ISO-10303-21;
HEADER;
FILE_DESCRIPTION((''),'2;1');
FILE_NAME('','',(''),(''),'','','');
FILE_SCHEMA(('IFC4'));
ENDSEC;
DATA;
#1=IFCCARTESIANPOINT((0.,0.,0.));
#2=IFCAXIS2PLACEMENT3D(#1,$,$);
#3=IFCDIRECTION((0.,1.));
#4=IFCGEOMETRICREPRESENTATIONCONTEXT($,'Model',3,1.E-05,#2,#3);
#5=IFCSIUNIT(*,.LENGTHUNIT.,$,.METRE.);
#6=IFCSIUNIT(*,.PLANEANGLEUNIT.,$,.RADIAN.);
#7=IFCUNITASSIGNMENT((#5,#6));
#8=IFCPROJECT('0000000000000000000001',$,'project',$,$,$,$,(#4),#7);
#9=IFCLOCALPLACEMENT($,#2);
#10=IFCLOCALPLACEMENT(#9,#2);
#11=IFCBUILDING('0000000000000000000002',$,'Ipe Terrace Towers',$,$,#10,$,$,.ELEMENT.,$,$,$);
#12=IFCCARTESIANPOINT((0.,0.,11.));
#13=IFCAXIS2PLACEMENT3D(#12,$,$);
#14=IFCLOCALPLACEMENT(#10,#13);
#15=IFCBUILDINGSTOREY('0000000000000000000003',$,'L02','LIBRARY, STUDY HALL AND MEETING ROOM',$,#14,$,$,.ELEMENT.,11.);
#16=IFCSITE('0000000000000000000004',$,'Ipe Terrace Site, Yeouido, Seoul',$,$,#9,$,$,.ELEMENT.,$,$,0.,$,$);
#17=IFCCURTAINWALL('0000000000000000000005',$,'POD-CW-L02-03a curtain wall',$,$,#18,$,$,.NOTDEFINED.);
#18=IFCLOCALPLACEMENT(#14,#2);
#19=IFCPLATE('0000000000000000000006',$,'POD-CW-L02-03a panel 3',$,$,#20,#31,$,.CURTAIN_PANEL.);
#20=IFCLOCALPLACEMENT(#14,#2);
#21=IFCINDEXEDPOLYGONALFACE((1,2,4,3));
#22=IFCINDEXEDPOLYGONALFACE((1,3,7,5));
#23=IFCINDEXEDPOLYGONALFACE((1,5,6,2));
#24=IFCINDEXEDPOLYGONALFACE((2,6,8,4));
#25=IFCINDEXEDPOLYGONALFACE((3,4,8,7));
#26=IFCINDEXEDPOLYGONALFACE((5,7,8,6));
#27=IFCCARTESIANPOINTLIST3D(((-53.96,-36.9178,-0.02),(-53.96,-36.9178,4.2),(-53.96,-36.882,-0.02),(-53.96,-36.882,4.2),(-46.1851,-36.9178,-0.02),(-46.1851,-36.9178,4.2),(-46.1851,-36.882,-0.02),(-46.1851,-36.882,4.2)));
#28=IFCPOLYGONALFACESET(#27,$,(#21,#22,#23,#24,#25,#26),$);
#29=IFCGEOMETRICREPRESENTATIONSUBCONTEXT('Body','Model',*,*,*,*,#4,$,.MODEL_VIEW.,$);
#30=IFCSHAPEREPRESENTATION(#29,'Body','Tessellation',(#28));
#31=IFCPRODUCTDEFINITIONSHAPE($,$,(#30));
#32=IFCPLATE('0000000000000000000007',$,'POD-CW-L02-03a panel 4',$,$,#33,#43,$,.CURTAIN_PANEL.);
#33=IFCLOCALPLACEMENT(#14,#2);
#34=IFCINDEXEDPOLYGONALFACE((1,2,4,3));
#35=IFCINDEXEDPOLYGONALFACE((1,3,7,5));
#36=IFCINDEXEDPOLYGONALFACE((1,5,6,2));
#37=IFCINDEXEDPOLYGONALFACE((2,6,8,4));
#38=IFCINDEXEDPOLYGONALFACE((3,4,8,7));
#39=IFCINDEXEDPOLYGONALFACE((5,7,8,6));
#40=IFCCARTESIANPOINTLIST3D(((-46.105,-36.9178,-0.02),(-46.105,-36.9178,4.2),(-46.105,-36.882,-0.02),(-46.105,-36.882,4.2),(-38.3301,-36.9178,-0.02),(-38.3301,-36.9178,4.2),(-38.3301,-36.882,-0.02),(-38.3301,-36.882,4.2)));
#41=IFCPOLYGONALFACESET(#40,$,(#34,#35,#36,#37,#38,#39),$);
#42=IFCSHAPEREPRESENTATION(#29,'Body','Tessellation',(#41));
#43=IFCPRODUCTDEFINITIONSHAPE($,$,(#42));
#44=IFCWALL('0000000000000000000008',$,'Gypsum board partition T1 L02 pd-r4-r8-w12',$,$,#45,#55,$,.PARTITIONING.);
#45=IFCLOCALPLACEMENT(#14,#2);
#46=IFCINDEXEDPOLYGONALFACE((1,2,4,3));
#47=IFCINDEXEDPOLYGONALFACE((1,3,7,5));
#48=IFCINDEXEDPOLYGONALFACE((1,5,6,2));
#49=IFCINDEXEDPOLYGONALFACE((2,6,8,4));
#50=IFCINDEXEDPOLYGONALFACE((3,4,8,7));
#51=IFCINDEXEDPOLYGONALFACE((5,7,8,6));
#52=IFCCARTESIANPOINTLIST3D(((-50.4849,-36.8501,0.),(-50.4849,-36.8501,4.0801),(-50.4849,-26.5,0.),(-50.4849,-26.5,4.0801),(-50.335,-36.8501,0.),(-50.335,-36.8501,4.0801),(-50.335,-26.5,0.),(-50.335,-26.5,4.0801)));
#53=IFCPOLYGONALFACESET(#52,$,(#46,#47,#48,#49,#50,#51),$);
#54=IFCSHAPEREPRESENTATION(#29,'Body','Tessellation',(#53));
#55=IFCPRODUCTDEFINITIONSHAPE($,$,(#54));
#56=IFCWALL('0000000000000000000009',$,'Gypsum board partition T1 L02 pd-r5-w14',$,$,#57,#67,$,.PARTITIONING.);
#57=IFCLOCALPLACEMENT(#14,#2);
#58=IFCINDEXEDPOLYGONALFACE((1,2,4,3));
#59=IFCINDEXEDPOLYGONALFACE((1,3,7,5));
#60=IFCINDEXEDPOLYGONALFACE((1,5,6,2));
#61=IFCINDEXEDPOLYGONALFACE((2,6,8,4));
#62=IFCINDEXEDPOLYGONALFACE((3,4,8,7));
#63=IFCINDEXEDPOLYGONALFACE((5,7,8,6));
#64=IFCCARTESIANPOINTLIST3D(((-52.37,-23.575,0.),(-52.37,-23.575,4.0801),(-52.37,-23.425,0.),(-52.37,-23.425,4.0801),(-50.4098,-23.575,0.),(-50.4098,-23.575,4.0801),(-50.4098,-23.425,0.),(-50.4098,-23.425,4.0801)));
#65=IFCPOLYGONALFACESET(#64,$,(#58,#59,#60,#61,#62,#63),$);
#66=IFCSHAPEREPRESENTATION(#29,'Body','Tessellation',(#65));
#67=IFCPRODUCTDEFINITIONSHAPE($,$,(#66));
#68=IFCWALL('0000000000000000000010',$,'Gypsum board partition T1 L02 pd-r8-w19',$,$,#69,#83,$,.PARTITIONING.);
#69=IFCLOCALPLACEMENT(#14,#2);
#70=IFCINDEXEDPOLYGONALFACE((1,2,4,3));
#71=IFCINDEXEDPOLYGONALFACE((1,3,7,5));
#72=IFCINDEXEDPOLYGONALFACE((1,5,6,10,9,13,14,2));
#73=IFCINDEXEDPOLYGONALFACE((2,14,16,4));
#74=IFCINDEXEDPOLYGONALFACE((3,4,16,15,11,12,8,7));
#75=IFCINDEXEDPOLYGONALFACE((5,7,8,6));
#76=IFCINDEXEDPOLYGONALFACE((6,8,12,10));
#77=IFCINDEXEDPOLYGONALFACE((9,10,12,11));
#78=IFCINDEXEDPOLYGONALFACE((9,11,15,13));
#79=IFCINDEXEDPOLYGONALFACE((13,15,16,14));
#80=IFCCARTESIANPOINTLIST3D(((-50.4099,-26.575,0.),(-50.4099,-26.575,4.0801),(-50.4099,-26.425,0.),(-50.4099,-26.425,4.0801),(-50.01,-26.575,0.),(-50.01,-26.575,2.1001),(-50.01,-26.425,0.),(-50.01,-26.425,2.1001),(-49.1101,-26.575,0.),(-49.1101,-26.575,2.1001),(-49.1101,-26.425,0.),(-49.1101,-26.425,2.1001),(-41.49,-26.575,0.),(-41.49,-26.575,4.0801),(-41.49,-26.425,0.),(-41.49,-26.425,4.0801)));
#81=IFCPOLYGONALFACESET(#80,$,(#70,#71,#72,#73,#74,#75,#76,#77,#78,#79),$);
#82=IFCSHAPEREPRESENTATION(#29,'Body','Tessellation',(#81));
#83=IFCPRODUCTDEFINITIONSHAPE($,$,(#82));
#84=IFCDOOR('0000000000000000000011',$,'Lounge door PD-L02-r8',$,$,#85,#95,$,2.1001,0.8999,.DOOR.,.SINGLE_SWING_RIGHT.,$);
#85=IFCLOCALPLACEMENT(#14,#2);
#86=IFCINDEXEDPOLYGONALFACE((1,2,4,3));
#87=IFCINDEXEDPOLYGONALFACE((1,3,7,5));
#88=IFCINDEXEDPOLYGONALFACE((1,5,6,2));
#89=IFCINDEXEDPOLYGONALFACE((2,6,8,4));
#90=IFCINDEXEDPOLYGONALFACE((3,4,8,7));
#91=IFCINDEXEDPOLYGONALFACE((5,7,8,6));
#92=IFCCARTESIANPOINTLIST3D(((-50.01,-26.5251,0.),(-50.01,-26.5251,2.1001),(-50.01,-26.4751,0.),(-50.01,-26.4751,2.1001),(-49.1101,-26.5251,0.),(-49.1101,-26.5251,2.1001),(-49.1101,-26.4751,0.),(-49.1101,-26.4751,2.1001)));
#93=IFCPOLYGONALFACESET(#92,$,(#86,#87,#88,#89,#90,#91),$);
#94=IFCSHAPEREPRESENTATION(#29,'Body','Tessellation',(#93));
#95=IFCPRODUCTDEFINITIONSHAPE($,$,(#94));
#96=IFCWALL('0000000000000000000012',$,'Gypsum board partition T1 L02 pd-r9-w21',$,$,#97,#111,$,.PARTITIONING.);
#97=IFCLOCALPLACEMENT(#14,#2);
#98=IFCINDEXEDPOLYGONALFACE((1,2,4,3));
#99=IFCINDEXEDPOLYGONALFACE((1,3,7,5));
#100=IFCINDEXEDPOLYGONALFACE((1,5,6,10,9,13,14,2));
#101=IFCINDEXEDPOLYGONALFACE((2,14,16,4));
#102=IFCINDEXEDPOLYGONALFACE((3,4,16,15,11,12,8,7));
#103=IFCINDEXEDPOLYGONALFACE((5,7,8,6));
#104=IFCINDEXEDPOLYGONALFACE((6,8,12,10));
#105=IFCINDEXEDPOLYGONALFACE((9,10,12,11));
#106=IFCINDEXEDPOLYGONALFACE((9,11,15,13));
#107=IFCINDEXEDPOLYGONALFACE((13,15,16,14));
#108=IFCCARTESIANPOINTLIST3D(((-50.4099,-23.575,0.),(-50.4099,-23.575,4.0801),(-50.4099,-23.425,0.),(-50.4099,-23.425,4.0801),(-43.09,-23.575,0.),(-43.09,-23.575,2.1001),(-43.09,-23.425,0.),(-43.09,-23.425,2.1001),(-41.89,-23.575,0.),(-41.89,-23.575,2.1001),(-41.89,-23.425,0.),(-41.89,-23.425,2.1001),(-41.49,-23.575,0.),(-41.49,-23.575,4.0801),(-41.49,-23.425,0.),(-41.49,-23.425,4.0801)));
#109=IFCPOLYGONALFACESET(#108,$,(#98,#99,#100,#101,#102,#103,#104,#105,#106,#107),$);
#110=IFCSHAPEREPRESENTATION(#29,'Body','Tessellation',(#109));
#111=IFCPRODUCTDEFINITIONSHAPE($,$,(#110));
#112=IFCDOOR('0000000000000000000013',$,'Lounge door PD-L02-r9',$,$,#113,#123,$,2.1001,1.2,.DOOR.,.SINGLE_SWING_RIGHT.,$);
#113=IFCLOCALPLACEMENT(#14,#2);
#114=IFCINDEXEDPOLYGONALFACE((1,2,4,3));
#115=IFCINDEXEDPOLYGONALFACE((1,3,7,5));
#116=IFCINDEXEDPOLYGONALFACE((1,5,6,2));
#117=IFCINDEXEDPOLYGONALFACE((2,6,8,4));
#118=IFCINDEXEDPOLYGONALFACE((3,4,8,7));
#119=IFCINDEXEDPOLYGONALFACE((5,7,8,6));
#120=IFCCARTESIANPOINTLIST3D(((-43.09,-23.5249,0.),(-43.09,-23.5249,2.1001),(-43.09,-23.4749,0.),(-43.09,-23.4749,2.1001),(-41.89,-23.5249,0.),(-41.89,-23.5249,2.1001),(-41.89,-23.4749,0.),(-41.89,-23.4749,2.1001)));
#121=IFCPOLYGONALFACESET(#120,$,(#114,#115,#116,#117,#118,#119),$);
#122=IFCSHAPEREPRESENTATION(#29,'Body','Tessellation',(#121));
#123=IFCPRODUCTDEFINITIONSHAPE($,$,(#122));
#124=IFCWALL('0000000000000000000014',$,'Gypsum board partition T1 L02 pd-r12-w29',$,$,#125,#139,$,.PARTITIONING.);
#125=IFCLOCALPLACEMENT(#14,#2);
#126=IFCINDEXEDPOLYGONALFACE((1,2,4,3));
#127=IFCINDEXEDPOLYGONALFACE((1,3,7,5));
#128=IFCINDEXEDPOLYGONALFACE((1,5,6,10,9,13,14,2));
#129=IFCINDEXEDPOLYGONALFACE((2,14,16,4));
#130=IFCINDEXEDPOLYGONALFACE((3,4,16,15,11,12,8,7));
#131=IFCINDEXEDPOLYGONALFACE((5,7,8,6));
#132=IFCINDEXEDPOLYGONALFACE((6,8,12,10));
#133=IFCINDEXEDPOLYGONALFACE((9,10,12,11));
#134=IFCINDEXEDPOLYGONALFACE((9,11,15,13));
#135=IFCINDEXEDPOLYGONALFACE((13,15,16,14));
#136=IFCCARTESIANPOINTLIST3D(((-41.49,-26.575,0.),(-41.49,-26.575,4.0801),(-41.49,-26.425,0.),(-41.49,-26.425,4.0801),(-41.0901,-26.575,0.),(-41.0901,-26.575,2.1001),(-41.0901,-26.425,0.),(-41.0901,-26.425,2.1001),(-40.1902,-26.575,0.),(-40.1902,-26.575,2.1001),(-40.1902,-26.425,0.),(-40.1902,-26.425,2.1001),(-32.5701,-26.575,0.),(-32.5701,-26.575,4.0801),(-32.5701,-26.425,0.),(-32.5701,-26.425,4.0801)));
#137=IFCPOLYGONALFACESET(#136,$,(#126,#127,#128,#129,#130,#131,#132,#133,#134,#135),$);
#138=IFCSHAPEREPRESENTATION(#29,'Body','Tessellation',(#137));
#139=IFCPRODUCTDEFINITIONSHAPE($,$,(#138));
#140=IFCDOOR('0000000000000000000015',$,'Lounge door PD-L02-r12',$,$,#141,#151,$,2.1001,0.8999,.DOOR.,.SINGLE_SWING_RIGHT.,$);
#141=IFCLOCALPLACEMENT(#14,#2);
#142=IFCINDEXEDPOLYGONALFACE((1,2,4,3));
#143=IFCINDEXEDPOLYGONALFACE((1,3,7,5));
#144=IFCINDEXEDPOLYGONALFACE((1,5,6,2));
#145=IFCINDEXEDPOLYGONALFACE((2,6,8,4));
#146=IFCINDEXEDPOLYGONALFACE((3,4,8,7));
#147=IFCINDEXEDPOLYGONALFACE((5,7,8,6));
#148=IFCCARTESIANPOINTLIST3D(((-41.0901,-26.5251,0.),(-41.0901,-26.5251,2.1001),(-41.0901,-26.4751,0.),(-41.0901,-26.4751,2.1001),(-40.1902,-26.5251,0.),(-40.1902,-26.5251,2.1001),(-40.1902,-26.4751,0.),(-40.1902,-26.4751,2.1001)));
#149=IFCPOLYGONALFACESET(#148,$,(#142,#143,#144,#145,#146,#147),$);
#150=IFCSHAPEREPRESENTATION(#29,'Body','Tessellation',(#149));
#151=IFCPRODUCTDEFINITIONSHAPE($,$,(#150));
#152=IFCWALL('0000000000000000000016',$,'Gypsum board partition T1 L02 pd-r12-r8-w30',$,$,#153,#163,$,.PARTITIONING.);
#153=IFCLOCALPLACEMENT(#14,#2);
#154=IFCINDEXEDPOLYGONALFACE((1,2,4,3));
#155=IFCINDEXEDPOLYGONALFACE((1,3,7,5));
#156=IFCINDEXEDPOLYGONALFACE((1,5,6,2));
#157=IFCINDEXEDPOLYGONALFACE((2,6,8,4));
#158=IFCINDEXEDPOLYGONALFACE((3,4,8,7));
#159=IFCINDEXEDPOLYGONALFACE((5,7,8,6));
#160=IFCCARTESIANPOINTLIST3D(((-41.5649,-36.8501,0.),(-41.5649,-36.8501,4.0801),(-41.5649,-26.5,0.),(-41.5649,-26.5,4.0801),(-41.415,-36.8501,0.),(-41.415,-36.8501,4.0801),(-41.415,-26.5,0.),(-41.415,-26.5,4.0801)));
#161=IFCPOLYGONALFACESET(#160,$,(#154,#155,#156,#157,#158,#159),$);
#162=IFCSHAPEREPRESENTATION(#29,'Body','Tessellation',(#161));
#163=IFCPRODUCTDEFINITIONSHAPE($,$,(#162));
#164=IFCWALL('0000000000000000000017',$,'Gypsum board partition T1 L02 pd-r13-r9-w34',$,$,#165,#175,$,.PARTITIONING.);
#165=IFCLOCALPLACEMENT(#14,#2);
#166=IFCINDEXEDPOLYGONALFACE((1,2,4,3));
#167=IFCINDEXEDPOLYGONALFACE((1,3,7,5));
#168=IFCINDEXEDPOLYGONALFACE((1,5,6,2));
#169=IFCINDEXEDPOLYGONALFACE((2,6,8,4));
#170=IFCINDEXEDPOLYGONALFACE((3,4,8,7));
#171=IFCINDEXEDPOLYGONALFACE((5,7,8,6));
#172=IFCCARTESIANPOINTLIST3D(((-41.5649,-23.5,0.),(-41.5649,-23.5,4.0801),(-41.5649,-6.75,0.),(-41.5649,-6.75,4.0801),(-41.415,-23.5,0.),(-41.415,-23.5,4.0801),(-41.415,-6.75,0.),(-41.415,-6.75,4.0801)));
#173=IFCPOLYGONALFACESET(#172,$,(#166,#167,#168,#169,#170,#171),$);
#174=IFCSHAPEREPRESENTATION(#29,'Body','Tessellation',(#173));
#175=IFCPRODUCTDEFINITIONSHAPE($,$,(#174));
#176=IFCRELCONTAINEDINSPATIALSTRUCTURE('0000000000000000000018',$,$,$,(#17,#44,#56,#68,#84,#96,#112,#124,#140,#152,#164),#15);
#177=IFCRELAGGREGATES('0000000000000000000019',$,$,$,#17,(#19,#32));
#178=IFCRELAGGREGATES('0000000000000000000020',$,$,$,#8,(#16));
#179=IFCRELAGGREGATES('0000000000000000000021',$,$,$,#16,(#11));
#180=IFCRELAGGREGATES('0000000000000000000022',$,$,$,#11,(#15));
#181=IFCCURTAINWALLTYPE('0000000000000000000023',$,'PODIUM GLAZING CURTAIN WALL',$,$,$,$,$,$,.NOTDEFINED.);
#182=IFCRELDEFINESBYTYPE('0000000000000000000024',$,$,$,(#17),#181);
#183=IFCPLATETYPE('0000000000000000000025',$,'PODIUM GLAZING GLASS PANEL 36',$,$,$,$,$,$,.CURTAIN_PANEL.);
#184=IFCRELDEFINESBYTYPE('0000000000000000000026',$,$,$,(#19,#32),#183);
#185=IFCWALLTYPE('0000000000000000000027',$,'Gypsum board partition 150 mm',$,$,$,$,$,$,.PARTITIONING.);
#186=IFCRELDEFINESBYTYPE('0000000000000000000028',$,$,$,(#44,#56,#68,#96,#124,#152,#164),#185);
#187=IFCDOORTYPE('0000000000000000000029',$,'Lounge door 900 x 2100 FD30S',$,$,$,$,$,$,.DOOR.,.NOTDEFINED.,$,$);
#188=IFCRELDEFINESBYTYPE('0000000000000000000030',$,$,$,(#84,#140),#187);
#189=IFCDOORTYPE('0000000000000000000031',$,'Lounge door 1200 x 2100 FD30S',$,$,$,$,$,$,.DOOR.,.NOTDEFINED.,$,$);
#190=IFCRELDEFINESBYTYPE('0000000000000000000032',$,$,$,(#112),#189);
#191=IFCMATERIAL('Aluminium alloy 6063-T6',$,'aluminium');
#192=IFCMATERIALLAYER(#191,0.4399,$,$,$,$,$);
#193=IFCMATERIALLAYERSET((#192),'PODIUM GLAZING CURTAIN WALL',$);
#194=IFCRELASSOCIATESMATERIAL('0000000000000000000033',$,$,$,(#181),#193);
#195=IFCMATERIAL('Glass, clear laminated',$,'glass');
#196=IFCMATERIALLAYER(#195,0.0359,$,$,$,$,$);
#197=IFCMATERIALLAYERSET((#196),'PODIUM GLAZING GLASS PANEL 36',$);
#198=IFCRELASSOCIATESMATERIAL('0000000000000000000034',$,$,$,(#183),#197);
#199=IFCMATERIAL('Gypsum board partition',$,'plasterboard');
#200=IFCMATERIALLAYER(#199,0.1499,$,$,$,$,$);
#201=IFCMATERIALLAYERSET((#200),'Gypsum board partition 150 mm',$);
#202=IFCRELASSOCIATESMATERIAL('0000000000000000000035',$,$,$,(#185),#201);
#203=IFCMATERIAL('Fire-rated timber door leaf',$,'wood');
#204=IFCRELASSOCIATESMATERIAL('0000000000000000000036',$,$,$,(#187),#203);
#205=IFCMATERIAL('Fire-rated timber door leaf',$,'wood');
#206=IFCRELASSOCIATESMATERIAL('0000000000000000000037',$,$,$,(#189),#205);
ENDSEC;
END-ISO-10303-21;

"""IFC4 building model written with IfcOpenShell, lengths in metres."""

from ifc_helpers import new_model, si_unit, direction, frame, frame_2d, origin, origin_2d, place, context, subcontext, project, spatial, rectangle, extrude, material, layer, layer_set, type_object, element, fill, aggregate, save


model = new_model("IFC4")

# Units and contexts
model_context = context("Model", 3, precision=1e-05, world=origin(), true_north=direction((0.0, 1.0)))
body_context = subcontext(model_context, "Body", "Model", "MODEL_VIEW")
ifc_project = project(units=[si_unit("LENGTHUNIT", "METRE"), si_unit("PLANEANGLEUNIT", "RADIAN")], contexts=[model_context])

# Site, building, storey
site_placement = place(None, origin())
site = spatial("IfcSite", under=ifc_project, at=site_placement, Name="Ipe Terrace Site, Yeouido, Seoul", CompositionType="ELEMENT", RefElevation=0.0)
building_placement = place(site_placement, origin())
building = spatial("IfcBuilding", under=site, at=building_placement, Name="Ipe Terrace Towers", CompositionType="ELEMENT")
storey_placement = place(building_placement, frame((0.0, 0.0, 11.0)))
storey = spatial("IfcBuildingStorey", under=building, at=storey_placement, Name="L02", Description="LIBRARY, STUDY HALL AND MEETING ROOM", CompositionType="ELEMENT", Elevation=11.0)

# Curtain wall, plates
ifc_material_1 = material(Name="Aluminium alloy 6063-T6", Category="aluminium")
ifc_layer_1 = layer(ifc_material_1, 0.4399)
ifc_layer_set_1 = layer_set([ifc_layer_1], Name="PODIUM GLAZING CURTAIN WALL")
curtain_wall_type = type_object("IfcCurtainWallType", Name="PODIUM GLAZING CURTAIN WALL", PredefinedType="NOTDEFINED", material=ifc_layer_set_1)
curtain_wall_placement = place(storey_placement, origin())
curtain_wall = element("IfcCurtainWall", 1, at=curtain_wall_placement, inside=storey, type_object=curtain_wall_type, Name="POD-CW-L02-03a curtain wall", PredefinedType="NOTDEFINED")
ifc_material_2 = material(Name="Glass, clear laminated", Category="glass")
ifc_layer_2 = layer(ifc_material_2, 0.0359)
ifc_layer_set_2 = layer_set([ifc_layer_2], Name="PODIUM GLAZING GLASS PANEL 36")
plate_type = type_object("IfcPlateType", Name="PODIUM GLAZING GLASS PANEL 36", PredefinedType="CURTAIN_PANEL", material=ifc_layer_set_2)
plate_1_placement = place(storey_placement, frame((-50.0725, -36.8999, -0.02), z_axis=(0.0, 0.0, 1.0), x_axis=(1.0, 0.0, 0.0)))
plate_1 = element("IfcPlate", 2, at=plate_1_placement, type_object=plate_type, Name="POD-CW-L02-03a panel 3", PredefinedType="CURTAIN_PANEL", context=body_context, shape_type="SweptSolid", body=[
    extrude(rectangle(XDim=7.7749, YDim=0.0359, at=origin_2d()), origin(), (0.0, 0.0, 1.0), 4.22),
])
plate_2_placement = place(storey_placement, frame((-42.2175, -36.8999, -0.02), z_axis=(0.0, 0.0, 1.0), x_axis=(1.0, 0.0, 0.0)))
plate_2 = element("IfcPlate", 3, at=plate_2_placement, type_object=plate_type, Name="POD-CW-L02-03a panel 4", PredefinedType="CURTAIN_PANEL", context=body_context, shape_type="SweptSolid", body=[
    extrude(rectangle(XDim=7.7749, YDim=0.0359, at=origin_2d()), origin(), (0.0, 0.0, 1.0), 4.22),
])
aggregate(curtain_wall, [plate_1, plate_2])

# Walls
ifc_material_3 = material(Name="Gypsum board partition", Category="plasterboard")
ifc_layer_3 = layer(ifc_material_3, 0.1499)
ifc_layer_set_3 = layer_set([ifc_layer_3], Name="Gypsum board partition 150 mm")
wall_type_1 = type_object("IfcWallType", Name="Gypsum board partition 150 mm", PredefinedType="PARTITIONING", material=ifc_layer_set_3)
wall_1_placement = place(storey_placement, frame((-50.4099, -26.5, 0.0), z_axis=(0.0, 0.0, 1.0), x_axis=(0.0, -1.0, 0.0)))
element("IfcWall", 4, at=wall_1_placement, inside=storey, type_object=wall_type_1, Name="Gypsum board partition T1 L02 pd-r4-r8-w12", PredefinedType="PARTITIONING", context=body_context, shape_type="SweptSolid", body=[
    extrude(rectangle(XDim=10.3501, YDim=0.1499, at=frame_2d((5.175, 0.0))), origin(), (0.0, 0.0, 1.0), 4.0801),
])
wall_2_placement = place(storey_placement, frame((-50.4099, -23.5, 0.0), z_axis=(0.0, 0.0, 1.0), x_axis=(-1.0, 0.0, 0.0)))
element("IfcWall", 5, at=wall_2_placement, inside=storey, type_object=wall_type_1, Name="Gypsum board partition T1 L02 pd-r5-w14", PredefinedType="PARTITIONING", context=body_context, shape_type="SweptSolid", body=[
    extrude(rectangle(XDim=1.9602, YDim=0.1499, at=frame_2d((0.98, 0.0))), origin(), (0.0, 0.0, 1.0), 4.0801),
])

# Walls, openings, doors
wall_3_placement = place(storey_placement, frame((-50.4099, -26.5, 0.0), z_axis=(0.0, 0.0, 1.0), x_axis=(1.0, 0.0, 0.0)))
wall_3 = element("IfcWall", 6, at=wall_3_placement, inside=storey, type_object=wall_type_1, Name="Gypsum board partition T1 L02 pd-r8-w19", PredefinedType="PARTITIONING", context=body_context, shape_type="SweptSolid", body=[
    extrude(rectangle(XDim=8.9199, YDim=0.1499, at=frame_2d((4.46, 0.0))), origin(), (0.0, 0.0, 1.0), 4.0801),
])
opening_1_placement = place(wall_3_placement, frame((0.3999, 0.0, 0.0)))
opening_1 = element("IfcOpeningElement", 7, at=opening_1_placement, cuts=wall_3, PredefinedType="OPENING", context=body_context, shape_type="SweptSolid", body=[
    extrude(rectangle(XDim=0.8999, YDim=2.1001, at=frame_2d((0.45, 1.05))), frame((0.0, 0.085, 0.0), z_axis=(0.0, -1.0, 0.0), x_axis=(1.0, 0.0, 0.0)), (0.0, 0.0, 1.0), 0.1699),
])
ifc_material_4 = material(Name="Fire-rated timber door leaf", Category="wood")
door_type_1 = type_object("IfcDoorType", Name="Lounge door 900 x 2100 FD30S", OperationType="NOTDEFINED", PredefinedType="DOOR", material=ifc_material_4)
door_1_placement = place(opening_1_placement, origin())
door_1 = element("IfcDoor", 8, at=door_1_placement, inside=storey, type_object=door_type_1, Name="Lounge door PD-L02-r8", OperationType="SINGLE_SWING_RIGHT", OverallHeight=2.1001, OverallWidth=0.8999, PredefinedType="DOOR", context=body_context, shape_type="SweptSolid", body=[
    extrude(rectangle(XDim=0.8999, YDim=2.1001, at=frame_2d((0.45, 1.05))), frame((0.0, 0.0249, 0.0), z_axis=(0.0, -1.0, 0.0), x_axis=(1.0, 0.0, 0.0)), (0.0, 0.0, 1.0), 0.05),
])
fill(opening_1, door_1)
wall_4_placement = place(storey_placement, frame((-41.49, -23.5, 0.0), z_axis=(0.0, 0.0, 1.0), x_axis=(-1.0, 0.0, 0.0)))
wall_4 = element("IfcWall", 9, at=wall_4_placement, inside=storey, type_object=wall_type_1, Name="Gypsum board partition T1 L02 pd-r9-w21", PredefinedType="PARTITIONING", context=body_context, shape_type="SweptSolid", body=[
    extrude(rectangle(XDim=8.9199, YDim=0.1499, at=frame_2d((4.46, 0.0))), origin(), (0.0, 0.0, 1.0), 4.0801),
])
opening_2_placement = place(wall_4_placement, frame((0.3999, 0.0, 0.0)))
opening_2 = element("IfcOpeningElement", 10, at=opening_2_placement, cuts=wall_4, PredefinedType="OPENING", context=body_context, shape_type="SweptSolid", body=[
    extrude(rectangle(XDim=1.2, YDim=2.1001, at=frame_2d((0.6001, 1.05))), frame((0.0, 0.085, 0.0), z_axis=(0.0, -1.0, 0.0), x_axis=(1.0, 0.0, 0.0)), (0.0, 0.0, 1.0), 0.1699),
])
ifc_material_5 = material(Name="Fire-rated timber door leaf", Category="wood")
door_type_2 = type_object("IfcDoorType", Name="Lounge door 1200 x 2100 FD30S", OperationType="NOTDEFINED", PredefinedType="DOOR", material=ifc_material_5)
door_2_placement = place(opening_2_placement, origin())
door_2 = element("IfcDoor", 11, at=door_2_placement, inside=storey, type_object=door_type_2, Name="Lounge door PD-L02-r9", OperationType="SINGLE_SWING_RIGHT", OverallHeight=2.1001, OverallWidth=1.2, PredefinedType="DOOR", context=body_context, shape_type="SweptSolid", body=[
    extrude(rectangle(XDim=1.2, YDim=2.1001, at=frame_2d((0.6001, 1.05))), frame((0.0, 0.0249, 0.0), z_axis=(0.0, -1.0, 0.0), x_axis=(1.0, 0.0, 0.0)), (0.0, 0.0, 1.0), 0.05),
])
fill(opening_2, door_2)
wall_5_placement = place(storey_placement, frame((-41.49, -26.5, 0.0), z_axis=(0.0, 0.0, 1.0), x_axis=(1.0, 0.0, 0.0)))
wall_5 = element("IfcWall", 12, at=wall_5_placement, inside=storey, type_object=wall_type_1, Name="Gypsum board partition T1 L02 pd-r12-w29", PredefinedType="PARTITIONING", context=body_context, shape_type="SweptSolid", body=[
    extrude(rectangle(XDim=8.9199, YDim=0.1499, at=frame_2d((4.46, 0.0))), origin(), (0.0, 0.0, 1.0), 4.0801),
])
opening_3_placement = place(wall_5_placement, frame((0.3999, 0.0, 0.0)))
opening_3 = element("IfcOpeningElement", 13, at=opening_3_placement, cuts=wall_5, PredefinedType="OPENING", context=body_context, shape_type="SweptSolid", body=[
    extrude(rectangle(XDim=0.8999, YDim=2.1001, at=frame_2d((0.45, 1.05))), frame((0.0, 0.085, 0.0), z_axis=(0.0, -1.0, 0.0), x_axis=(1.0, 0.0, 0.0)), (0.0, 0.0, 1.0), 0.1699),
])
door_3_placement = place(opening_3_placement, origin())
door_3 = element("IfcDoor", 14, at=door_3_placement, inside=storey, type_object=door_type_1, Name="Lounge door PD-L02-r12", OperationType="SINGLE_SWING_RIGHT", OverallHeight=2.1001, OverallWidth=0.8999, PredefinedType="DOOR", context=body_context, shape_type="SweptSolid", body=[
    extrude(rectangle(XDim=0.8999, YDim=2.1001, at=frame_2d((0.45, 1.05))), frame((0.0, 0.0249, 0.0), z_axis=(0.0, -1.0, 0.0), x_axis=(1.0, 0.0, 0.0)), (0.0, 0.0, 1.0), 0.05),
])
fill(opening_3, door_3)

# Walls
wall_6_placement = place(storey_placement, frame((-41.49, -36.8501, 0.0), z_axis=(0.0, 0.0, 1.0), x_axis=(0.0, 1.0, 0.0)))
element("IfcWall", 15, at=wall_6_placement, inside=storey, type_object=wall_type_1, Name="Gypsum board partition T1 L02 pd-r12-r8-w30", PredefinedType="PARTITIONING", context=body_context, shape_type="SweptSolid", body=[
    extrude(rectangle(XDim=10.3501, YDim=0.1499, at=frame_2d((5.175, 0.0))), origin(), (0.0, 0.0, 1.0), 4.0801),
])
wall_7_placement = place(storey_placement, frame((-41.49, -23.5, 0.0), z_axis=(0.0, 0.0, 1.0), x_axis=(0.0, 1.0, 0.0)))
element("IfcWall", 16, at=wall_7_placement, inside=storey, type_object=wall_type_1, Name="Gypsum board partition T1 L02 pd-r13-r9-w34", PredefinedType="PARTITIONING", context=body_context, shape_type="SweptSolid", body=[
    extrude(rectangle(XDim=16.75, YDim=0.1499, at=frame_2d((8.375, 0.0))), origin(), (0.0, 0.0, 1.0), 4.0801),
])

save(model, "model.ifc")
